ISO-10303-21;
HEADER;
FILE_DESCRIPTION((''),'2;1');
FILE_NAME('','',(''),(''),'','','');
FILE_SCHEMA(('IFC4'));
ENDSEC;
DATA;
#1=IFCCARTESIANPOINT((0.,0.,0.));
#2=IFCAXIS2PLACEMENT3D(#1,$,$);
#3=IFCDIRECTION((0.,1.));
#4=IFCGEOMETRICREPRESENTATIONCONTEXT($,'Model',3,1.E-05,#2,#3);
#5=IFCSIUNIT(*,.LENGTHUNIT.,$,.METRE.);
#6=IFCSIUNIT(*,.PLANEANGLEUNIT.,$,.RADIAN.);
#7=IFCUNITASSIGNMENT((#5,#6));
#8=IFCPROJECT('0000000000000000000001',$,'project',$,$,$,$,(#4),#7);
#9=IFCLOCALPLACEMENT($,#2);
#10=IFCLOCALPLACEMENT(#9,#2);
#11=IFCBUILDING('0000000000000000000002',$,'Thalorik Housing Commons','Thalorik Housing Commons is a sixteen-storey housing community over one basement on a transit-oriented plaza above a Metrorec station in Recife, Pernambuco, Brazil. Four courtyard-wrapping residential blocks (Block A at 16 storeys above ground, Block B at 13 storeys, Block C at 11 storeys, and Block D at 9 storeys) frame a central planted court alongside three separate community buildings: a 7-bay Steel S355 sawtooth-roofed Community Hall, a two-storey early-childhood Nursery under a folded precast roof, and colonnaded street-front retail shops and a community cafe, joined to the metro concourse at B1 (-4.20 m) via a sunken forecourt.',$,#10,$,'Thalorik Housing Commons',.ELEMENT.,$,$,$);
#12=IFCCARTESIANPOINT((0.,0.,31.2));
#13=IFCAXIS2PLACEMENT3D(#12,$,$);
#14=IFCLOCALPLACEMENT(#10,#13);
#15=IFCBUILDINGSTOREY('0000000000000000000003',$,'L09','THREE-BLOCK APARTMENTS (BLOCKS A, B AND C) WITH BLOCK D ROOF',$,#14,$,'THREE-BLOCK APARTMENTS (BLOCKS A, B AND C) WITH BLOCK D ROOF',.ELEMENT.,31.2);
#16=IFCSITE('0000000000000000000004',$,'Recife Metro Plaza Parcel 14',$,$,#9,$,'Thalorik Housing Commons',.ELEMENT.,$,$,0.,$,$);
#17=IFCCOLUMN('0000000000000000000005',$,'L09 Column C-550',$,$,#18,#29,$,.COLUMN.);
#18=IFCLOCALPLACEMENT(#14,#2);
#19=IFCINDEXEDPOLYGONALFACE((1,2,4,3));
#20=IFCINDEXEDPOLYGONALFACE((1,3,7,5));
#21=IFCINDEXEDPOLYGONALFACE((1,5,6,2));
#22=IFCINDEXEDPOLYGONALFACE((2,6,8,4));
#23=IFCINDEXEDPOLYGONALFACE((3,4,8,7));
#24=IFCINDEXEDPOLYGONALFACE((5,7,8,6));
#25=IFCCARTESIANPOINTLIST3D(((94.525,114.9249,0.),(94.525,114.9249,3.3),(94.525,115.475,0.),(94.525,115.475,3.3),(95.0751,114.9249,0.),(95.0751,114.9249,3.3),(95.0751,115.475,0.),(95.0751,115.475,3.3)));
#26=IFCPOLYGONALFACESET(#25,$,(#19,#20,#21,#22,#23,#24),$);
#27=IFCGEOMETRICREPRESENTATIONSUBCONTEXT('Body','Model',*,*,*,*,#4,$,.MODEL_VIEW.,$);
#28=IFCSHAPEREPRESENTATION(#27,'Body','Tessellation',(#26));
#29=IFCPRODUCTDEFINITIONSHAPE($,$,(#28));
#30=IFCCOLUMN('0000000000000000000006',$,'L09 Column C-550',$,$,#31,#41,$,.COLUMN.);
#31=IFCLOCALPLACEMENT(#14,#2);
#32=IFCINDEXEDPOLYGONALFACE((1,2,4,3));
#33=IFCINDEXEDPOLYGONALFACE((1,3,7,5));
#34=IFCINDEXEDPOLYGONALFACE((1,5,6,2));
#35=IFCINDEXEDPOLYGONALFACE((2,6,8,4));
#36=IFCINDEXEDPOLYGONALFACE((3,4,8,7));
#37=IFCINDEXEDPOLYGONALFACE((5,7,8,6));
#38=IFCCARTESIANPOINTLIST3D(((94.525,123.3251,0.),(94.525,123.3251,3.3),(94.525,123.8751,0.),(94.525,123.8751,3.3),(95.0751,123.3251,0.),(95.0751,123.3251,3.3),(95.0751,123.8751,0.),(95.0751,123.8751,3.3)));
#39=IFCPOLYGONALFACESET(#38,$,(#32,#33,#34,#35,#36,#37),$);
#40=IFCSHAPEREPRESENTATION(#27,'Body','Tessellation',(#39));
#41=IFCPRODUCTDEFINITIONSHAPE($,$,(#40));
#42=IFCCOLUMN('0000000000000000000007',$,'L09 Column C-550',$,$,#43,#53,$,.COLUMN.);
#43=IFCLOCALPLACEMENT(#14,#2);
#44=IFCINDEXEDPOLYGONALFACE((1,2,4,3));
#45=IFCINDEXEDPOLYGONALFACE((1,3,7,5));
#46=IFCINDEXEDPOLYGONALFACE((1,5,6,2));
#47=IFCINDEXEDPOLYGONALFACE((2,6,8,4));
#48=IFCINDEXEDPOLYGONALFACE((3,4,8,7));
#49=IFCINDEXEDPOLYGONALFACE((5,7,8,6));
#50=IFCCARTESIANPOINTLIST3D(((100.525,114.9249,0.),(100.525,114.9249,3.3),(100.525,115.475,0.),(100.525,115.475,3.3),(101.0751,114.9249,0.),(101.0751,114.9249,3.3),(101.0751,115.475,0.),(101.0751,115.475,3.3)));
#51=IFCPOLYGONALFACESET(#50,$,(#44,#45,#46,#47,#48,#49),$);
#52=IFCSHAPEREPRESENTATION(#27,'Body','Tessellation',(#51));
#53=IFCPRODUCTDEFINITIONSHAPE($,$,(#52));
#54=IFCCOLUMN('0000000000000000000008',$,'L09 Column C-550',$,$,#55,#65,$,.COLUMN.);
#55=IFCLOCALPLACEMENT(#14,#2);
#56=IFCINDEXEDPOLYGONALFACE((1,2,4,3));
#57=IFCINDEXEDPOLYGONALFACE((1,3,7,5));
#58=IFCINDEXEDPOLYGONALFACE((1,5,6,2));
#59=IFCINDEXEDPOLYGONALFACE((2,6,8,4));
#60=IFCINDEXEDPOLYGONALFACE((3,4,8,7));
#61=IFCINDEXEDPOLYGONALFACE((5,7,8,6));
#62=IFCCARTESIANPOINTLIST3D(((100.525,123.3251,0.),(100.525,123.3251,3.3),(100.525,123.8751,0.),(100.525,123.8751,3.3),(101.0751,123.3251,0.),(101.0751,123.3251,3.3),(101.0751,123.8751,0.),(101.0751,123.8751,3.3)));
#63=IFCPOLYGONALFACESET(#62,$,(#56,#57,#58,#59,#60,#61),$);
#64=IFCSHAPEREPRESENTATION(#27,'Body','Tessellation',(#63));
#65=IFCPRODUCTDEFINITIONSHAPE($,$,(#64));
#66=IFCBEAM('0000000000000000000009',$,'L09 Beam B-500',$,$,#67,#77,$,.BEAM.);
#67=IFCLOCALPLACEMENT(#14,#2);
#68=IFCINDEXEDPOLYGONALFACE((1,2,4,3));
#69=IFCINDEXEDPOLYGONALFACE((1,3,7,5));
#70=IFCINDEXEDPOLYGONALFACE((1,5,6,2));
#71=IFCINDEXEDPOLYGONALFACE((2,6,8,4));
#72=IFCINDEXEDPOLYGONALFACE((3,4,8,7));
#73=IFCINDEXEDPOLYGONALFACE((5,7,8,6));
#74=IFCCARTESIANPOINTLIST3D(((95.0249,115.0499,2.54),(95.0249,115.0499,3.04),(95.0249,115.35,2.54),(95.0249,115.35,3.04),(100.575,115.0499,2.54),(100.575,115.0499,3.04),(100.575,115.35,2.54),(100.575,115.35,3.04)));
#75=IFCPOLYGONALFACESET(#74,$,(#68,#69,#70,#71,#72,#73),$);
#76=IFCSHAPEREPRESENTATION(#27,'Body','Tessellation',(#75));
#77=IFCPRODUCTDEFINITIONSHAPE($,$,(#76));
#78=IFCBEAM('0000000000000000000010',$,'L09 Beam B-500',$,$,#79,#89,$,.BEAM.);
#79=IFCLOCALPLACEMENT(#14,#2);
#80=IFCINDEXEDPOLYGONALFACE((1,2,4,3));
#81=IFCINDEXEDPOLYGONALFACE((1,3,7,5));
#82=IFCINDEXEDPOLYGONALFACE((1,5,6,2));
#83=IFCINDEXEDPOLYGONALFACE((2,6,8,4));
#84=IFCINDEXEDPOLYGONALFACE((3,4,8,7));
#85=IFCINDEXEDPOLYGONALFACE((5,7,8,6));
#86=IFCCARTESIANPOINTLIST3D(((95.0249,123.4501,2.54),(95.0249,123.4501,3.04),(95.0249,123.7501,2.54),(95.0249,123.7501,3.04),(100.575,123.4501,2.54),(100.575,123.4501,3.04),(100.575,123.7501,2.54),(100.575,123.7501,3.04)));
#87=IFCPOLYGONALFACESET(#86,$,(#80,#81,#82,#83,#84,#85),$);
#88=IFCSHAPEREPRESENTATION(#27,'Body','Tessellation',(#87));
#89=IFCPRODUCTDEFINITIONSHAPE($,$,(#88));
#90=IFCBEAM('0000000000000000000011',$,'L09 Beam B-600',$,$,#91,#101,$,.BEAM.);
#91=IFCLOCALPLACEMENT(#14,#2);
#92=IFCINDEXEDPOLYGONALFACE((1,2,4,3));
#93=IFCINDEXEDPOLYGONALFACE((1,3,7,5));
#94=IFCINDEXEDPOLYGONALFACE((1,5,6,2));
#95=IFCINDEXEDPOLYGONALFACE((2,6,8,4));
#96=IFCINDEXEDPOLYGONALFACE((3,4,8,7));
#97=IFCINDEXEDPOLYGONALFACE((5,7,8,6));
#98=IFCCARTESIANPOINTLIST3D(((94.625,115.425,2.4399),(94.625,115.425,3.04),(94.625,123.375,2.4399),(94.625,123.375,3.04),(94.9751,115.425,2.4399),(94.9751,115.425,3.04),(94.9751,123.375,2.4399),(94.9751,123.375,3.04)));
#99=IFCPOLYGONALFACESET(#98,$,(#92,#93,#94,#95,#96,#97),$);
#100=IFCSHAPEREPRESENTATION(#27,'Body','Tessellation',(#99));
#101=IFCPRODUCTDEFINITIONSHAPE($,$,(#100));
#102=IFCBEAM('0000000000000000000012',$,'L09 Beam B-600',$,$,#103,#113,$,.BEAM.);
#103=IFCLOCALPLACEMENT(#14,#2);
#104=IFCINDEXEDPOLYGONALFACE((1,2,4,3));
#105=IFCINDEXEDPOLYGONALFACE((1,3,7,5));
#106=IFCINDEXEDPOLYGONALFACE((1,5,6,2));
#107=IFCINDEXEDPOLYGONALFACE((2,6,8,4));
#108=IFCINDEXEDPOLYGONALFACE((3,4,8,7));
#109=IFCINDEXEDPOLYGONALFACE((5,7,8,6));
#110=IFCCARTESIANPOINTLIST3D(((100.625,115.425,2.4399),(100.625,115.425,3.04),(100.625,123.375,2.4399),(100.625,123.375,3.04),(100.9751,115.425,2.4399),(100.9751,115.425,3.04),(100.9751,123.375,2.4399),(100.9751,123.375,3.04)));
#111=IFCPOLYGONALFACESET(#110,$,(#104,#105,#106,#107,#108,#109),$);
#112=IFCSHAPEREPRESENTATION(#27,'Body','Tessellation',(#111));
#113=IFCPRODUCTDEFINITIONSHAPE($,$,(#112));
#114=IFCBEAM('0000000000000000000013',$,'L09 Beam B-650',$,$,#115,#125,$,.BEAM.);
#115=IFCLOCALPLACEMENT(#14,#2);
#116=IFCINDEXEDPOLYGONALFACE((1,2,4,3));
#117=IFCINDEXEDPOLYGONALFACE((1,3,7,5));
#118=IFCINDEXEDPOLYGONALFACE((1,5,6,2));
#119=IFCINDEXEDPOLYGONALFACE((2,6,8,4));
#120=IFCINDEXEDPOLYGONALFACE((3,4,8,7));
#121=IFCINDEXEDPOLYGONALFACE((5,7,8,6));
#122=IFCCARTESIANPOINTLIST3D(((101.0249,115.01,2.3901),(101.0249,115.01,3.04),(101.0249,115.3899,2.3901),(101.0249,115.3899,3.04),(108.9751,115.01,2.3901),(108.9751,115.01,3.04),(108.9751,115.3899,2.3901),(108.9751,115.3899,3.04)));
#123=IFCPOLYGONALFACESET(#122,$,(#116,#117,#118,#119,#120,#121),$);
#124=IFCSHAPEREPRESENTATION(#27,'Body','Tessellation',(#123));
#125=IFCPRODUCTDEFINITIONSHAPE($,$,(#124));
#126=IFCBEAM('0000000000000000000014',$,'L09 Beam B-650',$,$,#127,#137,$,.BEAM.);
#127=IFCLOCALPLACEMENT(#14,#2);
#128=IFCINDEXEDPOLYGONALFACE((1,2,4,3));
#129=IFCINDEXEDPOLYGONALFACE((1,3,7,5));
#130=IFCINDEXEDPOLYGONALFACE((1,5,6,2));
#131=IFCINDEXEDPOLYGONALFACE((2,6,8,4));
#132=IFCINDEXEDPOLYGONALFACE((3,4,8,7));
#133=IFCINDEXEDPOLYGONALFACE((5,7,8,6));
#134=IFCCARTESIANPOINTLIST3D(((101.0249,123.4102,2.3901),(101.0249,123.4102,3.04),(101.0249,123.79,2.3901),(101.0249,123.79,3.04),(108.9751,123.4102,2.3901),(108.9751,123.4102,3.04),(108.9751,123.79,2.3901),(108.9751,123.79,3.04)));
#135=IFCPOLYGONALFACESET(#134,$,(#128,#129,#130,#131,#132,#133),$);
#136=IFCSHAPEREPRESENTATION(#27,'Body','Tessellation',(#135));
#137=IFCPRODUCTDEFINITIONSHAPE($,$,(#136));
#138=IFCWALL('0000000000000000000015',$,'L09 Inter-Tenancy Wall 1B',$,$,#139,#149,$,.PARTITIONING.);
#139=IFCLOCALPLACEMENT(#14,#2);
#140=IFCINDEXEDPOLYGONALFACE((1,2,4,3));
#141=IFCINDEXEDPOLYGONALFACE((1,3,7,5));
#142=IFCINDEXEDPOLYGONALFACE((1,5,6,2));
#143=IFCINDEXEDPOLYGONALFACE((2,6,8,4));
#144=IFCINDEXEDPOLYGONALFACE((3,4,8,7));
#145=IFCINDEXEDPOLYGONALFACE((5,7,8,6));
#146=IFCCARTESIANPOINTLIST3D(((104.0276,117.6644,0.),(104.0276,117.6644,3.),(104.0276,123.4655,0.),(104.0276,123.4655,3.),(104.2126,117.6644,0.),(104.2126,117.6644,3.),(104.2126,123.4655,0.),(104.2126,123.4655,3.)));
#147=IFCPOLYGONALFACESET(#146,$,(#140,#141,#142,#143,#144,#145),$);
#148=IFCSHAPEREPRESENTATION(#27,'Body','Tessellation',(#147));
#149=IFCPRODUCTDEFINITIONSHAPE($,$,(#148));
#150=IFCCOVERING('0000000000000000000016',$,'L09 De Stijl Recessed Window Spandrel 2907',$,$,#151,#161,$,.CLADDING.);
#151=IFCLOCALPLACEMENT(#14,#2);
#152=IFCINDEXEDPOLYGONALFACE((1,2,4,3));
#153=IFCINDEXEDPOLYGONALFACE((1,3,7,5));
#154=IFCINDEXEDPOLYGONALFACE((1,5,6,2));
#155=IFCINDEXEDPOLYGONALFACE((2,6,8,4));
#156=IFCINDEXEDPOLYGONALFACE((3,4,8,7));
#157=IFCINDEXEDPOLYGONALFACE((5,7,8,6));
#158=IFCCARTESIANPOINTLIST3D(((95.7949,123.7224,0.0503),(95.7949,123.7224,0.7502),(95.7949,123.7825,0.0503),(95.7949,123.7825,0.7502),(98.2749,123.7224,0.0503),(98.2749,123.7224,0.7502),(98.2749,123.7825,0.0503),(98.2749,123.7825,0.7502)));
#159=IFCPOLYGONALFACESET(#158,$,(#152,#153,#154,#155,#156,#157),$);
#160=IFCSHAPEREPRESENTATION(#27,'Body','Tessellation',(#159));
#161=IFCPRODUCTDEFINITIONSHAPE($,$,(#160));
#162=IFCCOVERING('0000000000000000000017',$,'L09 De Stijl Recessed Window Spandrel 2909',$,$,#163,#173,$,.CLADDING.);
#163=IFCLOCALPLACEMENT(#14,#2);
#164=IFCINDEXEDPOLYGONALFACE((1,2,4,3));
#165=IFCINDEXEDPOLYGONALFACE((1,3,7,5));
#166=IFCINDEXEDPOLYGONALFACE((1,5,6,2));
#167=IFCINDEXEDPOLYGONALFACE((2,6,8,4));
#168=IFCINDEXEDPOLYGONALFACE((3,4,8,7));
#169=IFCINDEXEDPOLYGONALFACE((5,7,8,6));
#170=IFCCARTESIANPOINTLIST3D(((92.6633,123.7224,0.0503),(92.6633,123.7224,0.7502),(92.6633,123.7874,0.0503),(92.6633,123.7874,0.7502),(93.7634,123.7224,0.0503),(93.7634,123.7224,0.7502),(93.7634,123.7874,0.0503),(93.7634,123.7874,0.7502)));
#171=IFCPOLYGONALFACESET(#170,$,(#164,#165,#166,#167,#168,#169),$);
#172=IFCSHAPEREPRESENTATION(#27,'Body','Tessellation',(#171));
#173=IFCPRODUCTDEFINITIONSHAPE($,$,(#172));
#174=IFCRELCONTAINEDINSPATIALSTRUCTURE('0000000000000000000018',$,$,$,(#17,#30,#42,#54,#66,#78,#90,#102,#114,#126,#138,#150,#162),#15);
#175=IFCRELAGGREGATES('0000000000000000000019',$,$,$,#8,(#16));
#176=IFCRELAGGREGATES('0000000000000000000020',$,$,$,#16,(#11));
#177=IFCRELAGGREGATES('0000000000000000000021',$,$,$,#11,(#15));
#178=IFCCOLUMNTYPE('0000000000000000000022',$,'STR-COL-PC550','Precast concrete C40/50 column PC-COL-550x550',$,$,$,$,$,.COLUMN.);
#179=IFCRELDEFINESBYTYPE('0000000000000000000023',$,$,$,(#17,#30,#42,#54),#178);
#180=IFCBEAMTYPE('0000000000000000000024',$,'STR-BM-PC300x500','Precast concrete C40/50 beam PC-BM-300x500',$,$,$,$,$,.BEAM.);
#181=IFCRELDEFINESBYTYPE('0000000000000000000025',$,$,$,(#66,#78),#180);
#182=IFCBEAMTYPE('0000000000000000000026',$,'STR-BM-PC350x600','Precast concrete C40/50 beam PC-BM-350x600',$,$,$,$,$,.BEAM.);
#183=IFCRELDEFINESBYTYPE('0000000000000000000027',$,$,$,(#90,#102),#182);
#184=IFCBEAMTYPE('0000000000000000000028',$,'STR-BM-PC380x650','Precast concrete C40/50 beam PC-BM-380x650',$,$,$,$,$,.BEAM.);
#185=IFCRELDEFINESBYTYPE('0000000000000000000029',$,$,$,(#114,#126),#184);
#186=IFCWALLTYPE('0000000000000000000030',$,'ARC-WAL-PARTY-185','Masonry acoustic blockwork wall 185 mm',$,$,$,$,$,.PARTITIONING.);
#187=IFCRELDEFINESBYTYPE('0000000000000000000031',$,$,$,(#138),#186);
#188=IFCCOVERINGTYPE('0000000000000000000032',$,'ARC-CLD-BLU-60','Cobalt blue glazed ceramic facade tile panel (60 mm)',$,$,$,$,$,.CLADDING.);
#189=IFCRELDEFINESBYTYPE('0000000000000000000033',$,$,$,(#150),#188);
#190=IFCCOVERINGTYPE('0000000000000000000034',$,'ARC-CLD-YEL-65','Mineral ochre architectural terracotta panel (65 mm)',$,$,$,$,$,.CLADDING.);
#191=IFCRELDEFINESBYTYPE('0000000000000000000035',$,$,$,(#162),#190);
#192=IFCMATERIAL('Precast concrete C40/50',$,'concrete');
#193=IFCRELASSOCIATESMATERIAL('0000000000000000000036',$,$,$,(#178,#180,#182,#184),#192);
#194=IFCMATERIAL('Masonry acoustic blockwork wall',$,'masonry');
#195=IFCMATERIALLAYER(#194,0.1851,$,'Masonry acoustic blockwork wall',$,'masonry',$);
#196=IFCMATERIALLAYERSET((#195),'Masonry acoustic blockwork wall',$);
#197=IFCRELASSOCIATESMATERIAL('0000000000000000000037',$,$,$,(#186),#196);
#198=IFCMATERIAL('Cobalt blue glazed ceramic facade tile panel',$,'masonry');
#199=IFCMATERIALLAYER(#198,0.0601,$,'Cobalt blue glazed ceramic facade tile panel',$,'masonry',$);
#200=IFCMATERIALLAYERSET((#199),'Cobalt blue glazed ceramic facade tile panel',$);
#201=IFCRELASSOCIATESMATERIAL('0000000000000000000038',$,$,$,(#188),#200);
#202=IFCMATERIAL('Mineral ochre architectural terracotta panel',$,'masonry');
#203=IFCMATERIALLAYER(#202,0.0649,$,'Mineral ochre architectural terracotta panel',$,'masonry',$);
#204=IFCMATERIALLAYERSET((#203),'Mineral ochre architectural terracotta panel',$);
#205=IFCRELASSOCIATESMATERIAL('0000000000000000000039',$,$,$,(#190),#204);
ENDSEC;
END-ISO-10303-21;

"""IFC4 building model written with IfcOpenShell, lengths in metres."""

from ifc_helpers import new_model, si_unit, direction, frame, frame_2d, origin, origin_2d, place, context, subcontext, project, spatial, rectangle, extrude, material, layer, layer_set, material_profile, profile_set, type_object, element, save


model = new_model("IFC4")

# Units and contexts
model_context = context("Model", 3, precision=1e-05, world=origin(), true_north=direction((0.0, 1.0)))
body_context = subcontext(model_context, "Body", "Model", "MODEL_VIEW")
ifc_project = project(units=[si_unit("LENGTHUNIT", "METRE"), si_unit("PLANEANGLEUNIT", "RADIAN")], contexts=[model_context])

# Site, building, storey
site_placement = place(None, origin())
site = spatial("IfcSite", under=ifc_project, at=site_placement, Name="Recife Metro Plaza Parcel 14", LongName="Thalorik Housing Commons", CompositionType="ELEMENT", RefElevation=0.0)
building_placement = place(site_placement, origin())
building = spatial("IfcBuilding", under=site, at=building_placement, Name="Thalorik Housing Commons", Description="Thalorik Housing Commons is a sixteen-storey housing community over one basement on a transit-oriented plaza above a Metrorec station in Recife, Pernambuco, Brazil. Four courtyard-wrapping residential blocks (Block A at 16 storeys above ground, Block B at 13 storeys, Block C at 11 storeys, and Block D at 9 storeys) frame a central planted court alongside three separate community buildings: a 7-bay Steel S355 sawtooth-roofed Community Hall, a two-storey early-childhood Nursery under a folded precast roof, and colonnaded street-front retail shops and a community cafe, joined to the metro concourse at B1 (-4.20 m) via a sunken forecourt.", LongName="Thalorik Housing Commons", CompositionType="ELEMENT")
storey_placement = place(building_placement, frame((0.0, 0.0, 31.2)))
storey = spatial("IfcBuildingStorey", under=building, at=storey_placement, Name="L09", Description="THREE-BLOCK APARTMENTS (BLOCKS A, B AND C) WITH BLOCK D ROOF", LongName="THREE-BLOCK APARTMENTS (BLOCKS A, B AND C) WITH BLOCK D ROOF", CompositionType="ELEMENT", Elevation=31.2)

# Columns
ifc_material_1 = material(Name="Precast concrete C40/50", Category="concrete")
ifc_material_profile_1 = material_profile(ifc_material_1, rectangle(XDim=0.55, YDim=0.55, at=origin_2d()), Name="PC 550x550", Category="concrete")
ifc_profile_set_1 = profile_set([ifc_material_profile_1], Name="Precast concrete C40/50")
column_type = type_object("IfcColumnType", Name="STR-COL-PC550", Description="Precast concrete C40/50 column PC-COL-550x550", PredefinedType="COLUMN", material=ifc_profile_set_1)
for number, where, z_axis, x_axis, name in (
    (1, (94.8, 115.2, 0.0), (0.0, 0.0, 1.0), (1.0, 0.0, 0.0), "L09 Column C-550"),
    (2, (94.8, 123.6001, 0.0), (0.0, 0.0, 1.0), (1.0, 0.0, 0.0), "L09 Column C-550"),
    (3, (100.8, 115.2, 0.0), (0.0, 0.0, 1.0), (1.0, 0.0, 0.0), "L09 Column C-550"),
    (4, (100.8, 123.6001, 0.0), (0.0, 0.0, 1.0), (1.0, 0.0, 0.0), "L09 Column C-550"),
):
    element("IfcColumn", number, at=place(storey_placement, frame(where, z_axis=z_axis, x_axis=x_axis)), inside=storey, type_object=column_type, Name=name, PredefinedType="COLUMN", context=body_context, shape_type="SweptSolid", body=[
        extrude(rectangle(XDim=0.55, YDim=0.55, at=origin_2d()), origin(), (0.0, 0.0, 1.0), 3.3),
    ])

# Beams
ifc_material_profile_2 = material_profile(ifc_material_1, rectangle(XDim=0.3, YDim=0.5, at=origin_2d()), Name="PC 300x500", Category="concrete")
ifc_profile_set_2 = profile_set([ifc_material_profile_2], Name="Precast concrete C40/50")
beam_type_1 = type_object("IfcBeamType", Name="STR-BM-PC300x500", Description="Precast concrete C40/50 beam PC-BM-300x500", PredefinedType="BEAM", material=ifc_profile_set_2)
for number, where, z_axis, x_axis, name in (
    (5, (95.0249, 115.2, 2.79), (1.0, 0.0, 0.0), (0.0, 1.0, 0.0), "L09 Beam B-500"),
    (6, (95.0249, 123.6001, 2.79), (1.0, 0.0, 0.0), (0.0, 1.0, 0.0), "L09 Beam B-500"),
):
    element("IfcBeam", number, at=place(storey_placement, frame(where, z_axis=z_axis, x_axis=x_axis)), inside=storey, type_object=beam_type_1, Name=name, PredefinedType="BEAM", context=body_context, shape_type="SweptSolid", body=[
        extrude(rectangle(XDim=0.3, YDim=0.5, at=origin_2d()), origin(), (0.0, 0.0, 1.0), 5.55),
    ])
ifc_material_profile_3 = material_profile(ifc_material_1, rectangle(XDim=0.3501, YDim=0.6001, at=origin_2d()), Name="PC 350x600", Category="concrete")
ifc_profile_set_3 = profile_set([ifc_material_profile_3], Name="Precast concrete C40/50")
beam_type_2 = type_object("IfcBeamType", Name="STR-BM-PC350x600", Description="Precast concrete C40/50 beam PC-BM-350x600", PredefinedType="BEAM", material=ifc_profile_set_3)
for number, where, z_axis, x_axis, name in (
    (7, (94.8, 115.425, 2.74), (0.0, 1.0, 0.0), (-1.0, 0.0, 0.0), "L09 Beam B-600"),
    (8, (100.8, 115.425, 2.74), (0.0, 1.0, 0.0), (-1.0, 0.0, 0.0), "L09 Beam B-600"),
):
    element("IfcBeam", number, at=place(storey_placement, frame(where, z_axis=z_axis, x_axis=x_axis)), inside=storey, type_object=beam_type_2, Name=name, PredefinedType="BEAM", context=body_context, shape_type="SweptSolid", body=[
        extrude(rectangle(XDim=0.3501, YDim=0.6001, at=origin_2d()), origin(), (0.0, 0.0, 1.0), 7.95),
    ])
ifc_material_profile_4 = material_profile(ifc_material_1, rectangle(XDim=0.3799, YDim=0.6499, at=origin_2d()), Name="PC 380x650", Category="concrete")
ifc_profile_set_4 = profile_set([ifc_material_profile_4], Name="Precast concrete C40/50")
beam_type_3 = type_object("IfcBeamType", Name="STR-BM-PC380x650", Description="Precast concrete C40/50 beam PC-BM-380x650", PredefinedType="BEAM", material=ifc_profile_set_4)
for number, where, z_axis, x_axis, name in (
    (9, (101.0249, 115.2, 2.7151), (1.0, 0.0, 0.0), (0.0, 1.0, 0.0), "L09 Beam B-650"),
    (10, (101.0249, 123.6001, 2.7151), (1.0, 0.0, 0.0), (0.0, 1.0, 0.0), "L09 Beam B-650"),
):
    element("IfcBeam", number, at=place(storey_placement, frame(where, z_axis=z_axis, x_axis=x_axis)), inside=storey, type_object=beam_type_3, Name=name, PredefinedType="BEAM", context=body_context, shape_type="SweptSolid", body=[
        extrude(rectangle(XDim=0.3799, YDim=0.6499, at=origin_2d()), origin(), (0.0, 0.0, 1.0), 7.9502),
    ])

# Wall
ifc_material_2 = material(Name="Masonry acoustic blockwork wall", Category="masonry")
ifc_layer_1 = layer(ifc_material_2, 0.1851, Name="Masonry acoustic blockwork wall", Category="masonry")
ifc_layer_set_1 = layer_set([ifc_layer_1], Name="Masonry acoustic blockwork wall")
wall_type_1 = type_object("IfcWallType", Name="ARC-WAL-PARTY-185", Description="Masonry acoustic blockwork wall 185 mm", PredefinedType="PARTITIONING", material=ifc_layer_set_1)
wall_1_placement = place(storey_placement, frame((104.1201, 117.6646, 0.0), z_axis=(0.0, 0.0, 1.0), x_axis=(0.0, 1.0, 0.0)))
element("IfcWall", 11, at=wall_1_placement, inside=storey, type_object=wall_type_1, Name="L09 Inter-Tenancy Wall 1B", PredefinedType="PARTITIONING", context=body_context, shape_type="SweptSolid", body=[
    extrude(rectangle(XDim=5.801, YDim=0.1851, at=frame_2d((2.9004, 0.0))), origin(), (0.0, 0.0, 1.0), 3.0),
])

# Coverings
ifc_material_3 = material(Name="Cobalt blue glazed ceramic facade tile panel", Category="masonry")
ifc_layer_2 = layer(ifc_material_3, 0.0601, Name="Cobalt blue glazed ceramic facade tile panel", Category="masonry")
ifc_layer_set_2 = layer_set([ifc_layer_2], Name="Cobalt blue glazed ceramic facade tile panel")
covering_type_1 = type_object("IfcCoveringType", Name="ARC-CLD-BLU-60", Description="Cobalt blue glazed ceramic facade tile panel (60 mm)", PredefinedType="CLADDING", material=ifc_layer_set_2)
covering_1_placement = place(storey_placement, frame((97.0349, 123.7524, 0.0503), z_axis=(0.0, 0.0, 1.0), x_axis=(-1.0, 0.0, 0.0)))
element("IfcCovering", 12, at=covering_1_placement, inside=storey, type_object=covering_type_1, Name="L09 De Stijl Recessed Window Spandrel 2907", PredefinedType="CLADDING", context=body_context, shape_type="SweptSolid", body=[
    extrude(rectangle(XDim=2.48, YDim=0.0601, at=origin_2d()), origin(), (0.0, 0.0, 1.0), 0.7),
])
ifc_material_4 = material(Name="Mineral ochre architectural terracotta panel", Category="masonry")
ifc_layer_3 = layer(ifc_material_4, 0.0649, Name="Mineral ochre architectural terracotta panel", Category="masonry")
ifc_layer_set_3 = layer_set([ifc_layer_3], Name="Mineral ochre architectural terracotta panel")
covering_type_2 = type_object("IfcCoveringType", Name="ARC-CLD-YEL-65", Description="Mineral ochre architectural terracotta panel (65 mm)", PredefinedType="CLADDING", material=ifc_layer_set_3)
covering_2_placement = place(storey_placement, frame((93.2134, 123.7549, 0.0503), z_axis=(0.0, 0.0, 1.0), x_axis=(-1.0, 0.0, 0.0)))
element("IfcCovering", 13, at=covering_2_placement, inside=storey, type_object=covering_type_2, Name="L09 De Stijl Recessed Window Spandrel 2909", PredefinedType="CLADDING", context=body_context, shape_type="SweptSolid", body=[
    extrude(rectangle(XDim=1.1001, YDim=0.0649, at=origin_2d()), origin(), (0.0, 0.0, 1.0), 0.7),
])

save(model, "model.ifc")
